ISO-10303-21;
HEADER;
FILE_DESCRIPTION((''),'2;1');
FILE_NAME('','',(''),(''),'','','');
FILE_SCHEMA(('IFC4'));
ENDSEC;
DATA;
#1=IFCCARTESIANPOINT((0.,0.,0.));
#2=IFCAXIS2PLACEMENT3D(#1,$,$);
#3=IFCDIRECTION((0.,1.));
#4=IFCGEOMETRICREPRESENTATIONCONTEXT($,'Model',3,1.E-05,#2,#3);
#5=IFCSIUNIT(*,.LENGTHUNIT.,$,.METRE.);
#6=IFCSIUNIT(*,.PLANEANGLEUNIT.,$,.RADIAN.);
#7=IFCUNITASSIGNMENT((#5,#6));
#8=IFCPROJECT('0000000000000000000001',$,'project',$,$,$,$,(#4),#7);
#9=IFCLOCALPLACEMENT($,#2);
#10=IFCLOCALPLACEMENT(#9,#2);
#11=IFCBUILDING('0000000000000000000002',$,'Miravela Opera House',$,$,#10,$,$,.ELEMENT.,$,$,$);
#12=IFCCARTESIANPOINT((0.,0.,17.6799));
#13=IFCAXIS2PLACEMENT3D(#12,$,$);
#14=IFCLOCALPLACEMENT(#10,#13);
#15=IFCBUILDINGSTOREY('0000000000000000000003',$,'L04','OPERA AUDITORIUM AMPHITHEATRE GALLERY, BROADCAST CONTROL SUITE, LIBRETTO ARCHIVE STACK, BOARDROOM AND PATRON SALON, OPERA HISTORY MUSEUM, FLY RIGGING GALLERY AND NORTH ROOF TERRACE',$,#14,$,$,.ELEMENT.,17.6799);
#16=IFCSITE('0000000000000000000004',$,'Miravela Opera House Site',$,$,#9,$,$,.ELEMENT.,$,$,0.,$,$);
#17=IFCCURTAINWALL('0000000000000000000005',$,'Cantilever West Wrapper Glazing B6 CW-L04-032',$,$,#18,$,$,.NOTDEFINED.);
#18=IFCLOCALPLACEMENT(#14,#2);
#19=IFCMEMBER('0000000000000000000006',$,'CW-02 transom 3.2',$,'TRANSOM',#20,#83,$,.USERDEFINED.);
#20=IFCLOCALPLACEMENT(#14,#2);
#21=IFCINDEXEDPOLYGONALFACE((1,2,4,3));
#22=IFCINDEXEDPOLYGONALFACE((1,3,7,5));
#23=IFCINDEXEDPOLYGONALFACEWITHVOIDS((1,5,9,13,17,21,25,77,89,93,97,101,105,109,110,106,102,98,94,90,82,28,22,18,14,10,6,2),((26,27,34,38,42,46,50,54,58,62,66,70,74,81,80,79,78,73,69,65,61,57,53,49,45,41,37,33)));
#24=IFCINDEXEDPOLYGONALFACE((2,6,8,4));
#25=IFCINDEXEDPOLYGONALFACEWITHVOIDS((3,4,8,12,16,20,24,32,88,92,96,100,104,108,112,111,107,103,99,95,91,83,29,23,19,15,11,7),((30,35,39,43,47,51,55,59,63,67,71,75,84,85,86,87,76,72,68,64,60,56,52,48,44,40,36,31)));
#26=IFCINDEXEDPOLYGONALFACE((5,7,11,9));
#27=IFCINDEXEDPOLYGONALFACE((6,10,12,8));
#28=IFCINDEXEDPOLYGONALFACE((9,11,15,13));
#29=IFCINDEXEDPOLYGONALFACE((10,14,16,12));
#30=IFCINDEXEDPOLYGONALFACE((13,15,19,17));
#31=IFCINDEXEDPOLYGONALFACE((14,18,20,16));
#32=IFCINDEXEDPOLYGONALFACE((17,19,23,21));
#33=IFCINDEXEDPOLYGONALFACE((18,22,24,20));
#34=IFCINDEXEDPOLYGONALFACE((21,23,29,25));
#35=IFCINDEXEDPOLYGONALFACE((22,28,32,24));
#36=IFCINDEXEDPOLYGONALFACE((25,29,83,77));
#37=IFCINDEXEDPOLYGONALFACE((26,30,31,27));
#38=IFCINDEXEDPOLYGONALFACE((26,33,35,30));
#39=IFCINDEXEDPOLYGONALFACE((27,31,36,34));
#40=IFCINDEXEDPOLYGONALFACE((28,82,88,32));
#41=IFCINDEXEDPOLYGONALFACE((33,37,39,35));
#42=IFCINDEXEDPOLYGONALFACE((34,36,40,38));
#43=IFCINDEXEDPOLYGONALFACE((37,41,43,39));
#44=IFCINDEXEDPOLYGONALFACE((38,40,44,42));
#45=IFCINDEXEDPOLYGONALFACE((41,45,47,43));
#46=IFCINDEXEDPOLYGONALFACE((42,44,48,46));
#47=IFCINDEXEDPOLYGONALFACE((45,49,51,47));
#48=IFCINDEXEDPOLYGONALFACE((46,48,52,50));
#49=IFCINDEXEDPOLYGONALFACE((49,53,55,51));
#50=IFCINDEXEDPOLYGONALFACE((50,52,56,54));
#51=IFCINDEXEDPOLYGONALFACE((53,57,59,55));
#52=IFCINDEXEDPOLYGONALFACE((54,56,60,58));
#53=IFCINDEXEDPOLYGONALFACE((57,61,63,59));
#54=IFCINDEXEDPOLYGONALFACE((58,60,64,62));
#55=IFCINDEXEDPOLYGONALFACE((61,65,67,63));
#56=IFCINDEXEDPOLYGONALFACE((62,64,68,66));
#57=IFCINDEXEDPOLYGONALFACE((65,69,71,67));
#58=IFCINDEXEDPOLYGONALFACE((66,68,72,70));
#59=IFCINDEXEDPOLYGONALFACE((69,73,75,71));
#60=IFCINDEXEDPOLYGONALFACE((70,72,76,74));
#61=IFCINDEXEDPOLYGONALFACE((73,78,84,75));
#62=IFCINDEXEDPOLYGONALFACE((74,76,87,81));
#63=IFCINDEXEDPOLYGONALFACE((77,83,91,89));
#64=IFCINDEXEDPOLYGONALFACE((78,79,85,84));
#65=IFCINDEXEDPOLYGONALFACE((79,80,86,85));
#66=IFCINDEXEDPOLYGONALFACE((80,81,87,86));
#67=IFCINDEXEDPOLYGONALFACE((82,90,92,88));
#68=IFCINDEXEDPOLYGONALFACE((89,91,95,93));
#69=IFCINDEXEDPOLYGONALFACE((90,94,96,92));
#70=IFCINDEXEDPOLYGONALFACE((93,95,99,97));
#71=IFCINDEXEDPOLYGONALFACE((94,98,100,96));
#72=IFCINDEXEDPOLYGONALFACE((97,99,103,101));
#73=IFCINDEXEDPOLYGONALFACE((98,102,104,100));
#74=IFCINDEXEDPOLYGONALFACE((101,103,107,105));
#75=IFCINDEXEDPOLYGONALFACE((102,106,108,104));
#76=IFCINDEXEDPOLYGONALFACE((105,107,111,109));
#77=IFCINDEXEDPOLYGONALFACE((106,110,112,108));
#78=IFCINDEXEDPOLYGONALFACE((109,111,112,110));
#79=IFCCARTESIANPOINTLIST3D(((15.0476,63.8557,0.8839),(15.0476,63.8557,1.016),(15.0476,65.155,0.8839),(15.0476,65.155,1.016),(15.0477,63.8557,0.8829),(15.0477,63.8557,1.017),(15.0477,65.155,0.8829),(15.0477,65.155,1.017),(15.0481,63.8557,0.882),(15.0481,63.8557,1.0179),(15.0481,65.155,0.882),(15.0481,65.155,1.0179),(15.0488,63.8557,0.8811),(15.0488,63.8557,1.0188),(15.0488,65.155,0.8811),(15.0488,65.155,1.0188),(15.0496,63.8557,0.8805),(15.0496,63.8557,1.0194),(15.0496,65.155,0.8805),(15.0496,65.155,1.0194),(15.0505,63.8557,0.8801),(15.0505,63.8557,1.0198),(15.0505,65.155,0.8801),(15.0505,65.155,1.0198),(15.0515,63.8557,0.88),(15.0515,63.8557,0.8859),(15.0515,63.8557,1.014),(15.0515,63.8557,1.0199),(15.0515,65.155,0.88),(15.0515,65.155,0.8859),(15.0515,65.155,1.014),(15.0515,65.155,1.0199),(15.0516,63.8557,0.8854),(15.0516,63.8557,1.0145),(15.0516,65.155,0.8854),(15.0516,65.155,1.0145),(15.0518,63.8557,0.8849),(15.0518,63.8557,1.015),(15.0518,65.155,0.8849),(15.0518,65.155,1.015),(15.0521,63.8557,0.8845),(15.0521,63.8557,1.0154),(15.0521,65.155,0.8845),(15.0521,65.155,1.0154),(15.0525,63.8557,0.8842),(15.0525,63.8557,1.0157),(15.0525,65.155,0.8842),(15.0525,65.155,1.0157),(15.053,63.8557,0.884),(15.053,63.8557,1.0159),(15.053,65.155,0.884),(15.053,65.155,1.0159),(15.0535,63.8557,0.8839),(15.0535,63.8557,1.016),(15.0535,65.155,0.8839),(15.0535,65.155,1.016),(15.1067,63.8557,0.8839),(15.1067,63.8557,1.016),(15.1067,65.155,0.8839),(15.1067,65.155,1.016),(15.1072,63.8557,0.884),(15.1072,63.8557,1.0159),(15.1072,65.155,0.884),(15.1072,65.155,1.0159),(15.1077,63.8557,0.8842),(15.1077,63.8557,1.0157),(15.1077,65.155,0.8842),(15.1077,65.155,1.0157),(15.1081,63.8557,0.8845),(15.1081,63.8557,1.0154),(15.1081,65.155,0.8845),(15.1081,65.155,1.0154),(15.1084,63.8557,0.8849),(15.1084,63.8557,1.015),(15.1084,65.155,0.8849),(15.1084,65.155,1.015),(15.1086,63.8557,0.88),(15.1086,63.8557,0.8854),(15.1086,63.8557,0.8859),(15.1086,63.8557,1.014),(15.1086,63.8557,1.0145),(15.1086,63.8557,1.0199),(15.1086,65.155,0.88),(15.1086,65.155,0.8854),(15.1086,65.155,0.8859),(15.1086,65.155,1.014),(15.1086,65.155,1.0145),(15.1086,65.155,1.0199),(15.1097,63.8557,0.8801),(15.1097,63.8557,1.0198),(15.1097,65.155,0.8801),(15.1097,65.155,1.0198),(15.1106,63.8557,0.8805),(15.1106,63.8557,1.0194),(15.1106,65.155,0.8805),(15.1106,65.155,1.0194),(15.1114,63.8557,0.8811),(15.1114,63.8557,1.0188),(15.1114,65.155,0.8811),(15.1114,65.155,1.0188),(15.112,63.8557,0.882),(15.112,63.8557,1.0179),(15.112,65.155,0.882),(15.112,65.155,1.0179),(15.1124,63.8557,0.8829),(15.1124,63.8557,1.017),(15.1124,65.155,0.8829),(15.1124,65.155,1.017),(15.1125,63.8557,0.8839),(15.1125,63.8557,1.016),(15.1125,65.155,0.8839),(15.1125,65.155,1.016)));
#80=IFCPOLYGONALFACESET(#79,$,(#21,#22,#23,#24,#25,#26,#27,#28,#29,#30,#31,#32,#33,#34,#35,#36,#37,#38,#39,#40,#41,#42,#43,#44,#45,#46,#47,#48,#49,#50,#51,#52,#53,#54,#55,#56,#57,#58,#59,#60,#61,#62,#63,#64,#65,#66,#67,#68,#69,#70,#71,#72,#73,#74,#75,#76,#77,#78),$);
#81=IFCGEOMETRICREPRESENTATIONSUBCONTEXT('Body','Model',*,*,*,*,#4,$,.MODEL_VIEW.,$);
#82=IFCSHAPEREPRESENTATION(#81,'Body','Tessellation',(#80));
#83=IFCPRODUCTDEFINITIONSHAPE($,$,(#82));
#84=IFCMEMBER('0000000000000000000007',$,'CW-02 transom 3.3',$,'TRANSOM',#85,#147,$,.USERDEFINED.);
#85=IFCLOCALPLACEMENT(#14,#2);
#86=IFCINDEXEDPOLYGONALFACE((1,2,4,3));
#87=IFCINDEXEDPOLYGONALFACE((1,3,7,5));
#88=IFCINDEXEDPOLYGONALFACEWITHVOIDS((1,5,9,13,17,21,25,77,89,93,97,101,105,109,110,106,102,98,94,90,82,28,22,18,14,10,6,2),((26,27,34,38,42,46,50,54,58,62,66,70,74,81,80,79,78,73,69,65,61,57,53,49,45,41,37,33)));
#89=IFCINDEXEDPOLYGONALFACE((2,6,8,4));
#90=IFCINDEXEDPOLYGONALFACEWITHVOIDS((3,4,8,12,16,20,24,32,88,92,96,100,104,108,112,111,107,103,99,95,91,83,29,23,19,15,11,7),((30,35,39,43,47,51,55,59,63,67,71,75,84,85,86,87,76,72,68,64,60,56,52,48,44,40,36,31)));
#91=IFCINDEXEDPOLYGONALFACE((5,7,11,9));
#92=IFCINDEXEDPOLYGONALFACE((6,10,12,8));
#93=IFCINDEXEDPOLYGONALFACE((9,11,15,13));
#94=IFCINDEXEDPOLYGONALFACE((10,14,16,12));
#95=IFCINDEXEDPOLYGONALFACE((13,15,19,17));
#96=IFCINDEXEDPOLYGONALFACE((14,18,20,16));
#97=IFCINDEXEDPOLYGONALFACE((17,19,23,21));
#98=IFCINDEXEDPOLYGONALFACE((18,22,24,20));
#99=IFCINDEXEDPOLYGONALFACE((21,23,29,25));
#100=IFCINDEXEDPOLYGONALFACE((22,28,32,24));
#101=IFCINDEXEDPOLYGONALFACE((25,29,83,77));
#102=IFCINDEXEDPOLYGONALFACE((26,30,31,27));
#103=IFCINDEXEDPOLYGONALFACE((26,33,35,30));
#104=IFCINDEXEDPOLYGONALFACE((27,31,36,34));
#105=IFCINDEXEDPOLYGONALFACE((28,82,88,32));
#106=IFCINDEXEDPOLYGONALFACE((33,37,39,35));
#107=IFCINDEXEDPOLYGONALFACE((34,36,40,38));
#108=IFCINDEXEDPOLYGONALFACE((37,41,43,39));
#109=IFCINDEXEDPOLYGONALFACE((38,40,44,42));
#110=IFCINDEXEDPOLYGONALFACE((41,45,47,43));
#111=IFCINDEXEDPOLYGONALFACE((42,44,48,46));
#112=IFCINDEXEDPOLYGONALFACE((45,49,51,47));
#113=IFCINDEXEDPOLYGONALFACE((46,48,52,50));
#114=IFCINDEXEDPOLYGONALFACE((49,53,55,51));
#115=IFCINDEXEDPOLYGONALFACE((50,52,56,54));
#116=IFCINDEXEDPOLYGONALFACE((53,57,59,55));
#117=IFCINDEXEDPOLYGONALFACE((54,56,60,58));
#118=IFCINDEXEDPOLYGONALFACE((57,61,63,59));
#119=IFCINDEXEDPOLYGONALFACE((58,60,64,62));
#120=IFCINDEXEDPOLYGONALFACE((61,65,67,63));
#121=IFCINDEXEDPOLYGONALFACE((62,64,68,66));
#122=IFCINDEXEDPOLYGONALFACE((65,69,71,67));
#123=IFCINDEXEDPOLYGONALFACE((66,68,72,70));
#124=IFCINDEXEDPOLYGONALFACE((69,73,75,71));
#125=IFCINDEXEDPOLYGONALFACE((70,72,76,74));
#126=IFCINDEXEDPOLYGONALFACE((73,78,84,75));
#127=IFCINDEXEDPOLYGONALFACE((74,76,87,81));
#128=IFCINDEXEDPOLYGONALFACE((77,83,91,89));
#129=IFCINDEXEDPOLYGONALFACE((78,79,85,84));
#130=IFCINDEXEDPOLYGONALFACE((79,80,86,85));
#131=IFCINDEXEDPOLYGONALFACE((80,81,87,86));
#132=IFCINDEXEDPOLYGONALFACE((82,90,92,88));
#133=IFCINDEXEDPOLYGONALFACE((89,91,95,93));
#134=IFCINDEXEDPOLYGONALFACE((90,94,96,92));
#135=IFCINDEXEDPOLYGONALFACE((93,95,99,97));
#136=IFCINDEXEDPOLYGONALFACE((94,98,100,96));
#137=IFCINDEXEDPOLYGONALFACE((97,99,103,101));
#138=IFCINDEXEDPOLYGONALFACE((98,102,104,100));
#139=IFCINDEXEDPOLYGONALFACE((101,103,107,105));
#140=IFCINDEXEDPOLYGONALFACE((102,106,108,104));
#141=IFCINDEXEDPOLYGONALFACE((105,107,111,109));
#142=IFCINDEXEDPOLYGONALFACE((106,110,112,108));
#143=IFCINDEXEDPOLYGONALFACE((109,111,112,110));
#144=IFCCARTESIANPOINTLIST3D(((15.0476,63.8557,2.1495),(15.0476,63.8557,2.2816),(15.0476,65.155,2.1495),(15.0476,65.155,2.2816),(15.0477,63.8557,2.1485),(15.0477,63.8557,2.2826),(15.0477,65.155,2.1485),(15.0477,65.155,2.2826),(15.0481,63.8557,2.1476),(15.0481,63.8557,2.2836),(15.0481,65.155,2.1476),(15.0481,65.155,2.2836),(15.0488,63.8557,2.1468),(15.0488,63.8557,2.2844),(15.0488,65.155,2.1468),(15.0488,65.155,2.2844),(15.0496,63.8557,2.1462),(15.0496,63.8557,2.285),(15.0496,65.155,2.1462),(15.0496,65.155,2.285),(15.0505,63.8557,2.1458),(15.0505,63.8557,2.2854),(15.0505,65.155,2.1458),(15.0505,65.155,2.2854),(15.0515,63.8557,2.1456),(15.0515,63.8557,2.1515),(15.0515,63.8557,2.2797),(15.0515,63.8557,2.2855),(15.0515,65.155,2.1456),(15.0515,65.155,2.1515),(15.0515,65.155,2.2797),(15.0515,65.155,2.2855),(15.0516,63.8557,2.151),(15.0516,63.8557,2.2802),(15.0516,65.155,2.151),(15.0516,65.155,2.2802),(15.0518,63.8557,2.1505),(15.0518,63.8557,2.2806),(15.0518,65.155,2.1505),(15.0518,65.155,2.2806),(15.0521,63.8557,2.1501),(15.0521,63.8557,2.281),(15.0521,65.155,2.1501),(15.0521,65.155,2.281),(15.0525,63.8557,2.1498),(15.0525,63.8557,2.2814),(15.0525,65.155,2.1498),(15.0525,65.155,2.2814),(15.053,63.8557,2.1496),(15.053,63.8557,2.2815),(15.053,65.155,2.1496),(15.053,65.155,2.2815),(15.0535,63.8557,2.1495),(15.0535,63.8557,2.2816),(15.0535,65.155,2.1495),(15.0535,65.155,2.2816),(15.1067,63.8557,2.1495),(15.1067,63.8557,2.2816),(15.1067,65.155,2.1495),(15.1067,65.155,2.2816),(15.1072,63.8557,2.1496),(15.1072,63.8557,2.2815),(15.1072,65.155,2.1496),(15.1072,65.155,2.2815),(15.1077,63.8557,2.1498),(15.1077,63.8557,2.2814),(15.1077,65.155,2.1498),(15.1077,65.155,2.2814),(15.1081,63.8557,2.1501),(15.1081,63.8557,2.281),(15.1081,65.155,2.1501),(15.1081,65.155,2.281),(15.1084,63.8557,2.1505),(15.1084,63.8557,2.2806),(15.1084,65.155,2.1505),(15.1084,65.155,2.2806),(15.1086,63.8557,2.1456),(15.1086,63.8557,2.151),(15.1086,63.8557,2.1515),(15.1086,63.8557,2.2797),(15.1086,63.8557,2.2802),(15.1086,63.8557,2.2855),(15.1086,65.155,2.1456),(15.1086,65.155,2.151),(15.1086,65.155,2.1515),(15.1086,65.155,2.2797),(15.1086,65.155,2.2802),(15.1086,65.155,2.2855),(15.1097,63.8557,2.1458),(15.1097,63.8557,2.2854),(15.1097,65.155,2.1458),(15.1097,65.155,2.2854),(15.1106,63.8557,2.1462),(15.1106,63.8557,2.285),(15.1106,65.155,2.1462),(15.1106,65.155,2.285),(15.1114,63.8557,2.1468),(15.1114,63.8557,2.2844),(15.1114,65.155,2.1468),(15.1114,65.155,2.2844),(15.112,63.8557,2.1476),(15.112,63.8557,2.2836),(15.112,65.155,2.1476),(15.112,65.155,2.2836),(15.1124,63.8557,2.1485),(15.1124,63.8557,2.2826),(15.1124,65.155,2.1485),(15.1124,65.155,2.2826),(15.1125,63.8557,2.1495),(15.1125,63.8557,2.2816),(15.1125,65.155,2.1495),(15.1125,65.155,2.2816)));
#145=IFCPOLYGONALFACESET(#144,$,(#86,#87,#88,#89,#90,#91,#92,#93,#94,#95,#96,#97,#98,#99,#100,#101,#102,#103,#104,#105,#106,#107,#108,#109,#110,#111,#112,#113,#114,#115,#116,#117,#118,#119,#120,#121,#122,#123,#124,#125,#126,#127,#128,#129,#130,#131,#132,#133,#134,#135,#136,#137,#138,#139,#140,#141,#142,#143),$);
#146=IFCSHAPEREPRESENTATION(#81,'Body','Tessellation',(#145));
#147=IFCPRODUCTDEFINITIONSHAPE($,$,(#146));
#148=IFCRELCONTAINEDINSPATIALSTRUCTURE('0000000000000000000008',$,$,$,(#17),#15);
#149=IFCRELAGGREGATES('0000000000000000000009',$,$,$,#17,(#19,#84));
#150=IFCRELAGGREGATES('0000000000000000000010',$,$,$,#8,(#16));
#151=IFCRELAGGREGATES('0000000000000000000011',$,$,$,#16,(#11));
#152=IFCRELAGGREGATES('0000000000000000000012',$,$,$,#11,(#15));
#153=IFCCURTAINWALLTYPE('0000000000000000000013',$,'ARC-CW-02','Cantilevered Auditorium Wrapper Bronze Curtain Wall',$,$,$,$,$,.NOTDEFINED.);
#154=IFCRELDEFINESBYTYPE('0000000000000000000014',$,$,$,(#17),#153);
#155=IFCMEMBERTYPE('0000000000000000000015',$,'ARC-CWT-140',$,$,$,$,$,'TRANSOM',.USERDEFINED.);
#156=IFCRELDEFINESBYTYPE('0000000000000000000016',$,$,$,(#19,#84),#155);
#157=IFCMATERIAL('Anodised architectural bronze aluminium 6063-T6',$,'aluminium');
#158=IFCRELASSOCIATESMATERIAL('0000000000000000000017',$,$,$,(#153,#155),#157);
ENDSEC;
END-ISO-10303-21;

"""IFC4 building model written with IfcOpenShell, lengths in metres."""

from ifc_helpers import new_model, si_unit, direction, frame, origin, origin_2d, place, context, subcontext, project, spatial, hollow_rectangle, extrude, material, material_profile, profile_set, type_object, element, aggregate, save


model = new_model("IFC4")

# Units and contexts
model_context = context("Model", 3, precision=1e-05, world=origin(), true_north=direction((0.0, 1.0)))
body_context = subcontext(model_context, "Body", "Model", "MODEL_VIEW")
ifc_project = project(units=[si_unit("LENGTHUNIT", "METRE"), si_unit("PLANEANGLEUNIT", "RADIAN")], contexts=[model_context])

# Site, building, storey
site_placement = place(None, origin())
site = spatial("IfcSite", under=ifc_project, at=site_placement, Name="Miravela Opera House Site", CompositionType="ELEMENT", RefElevation=0.0)
building_placement = place(site_placement, origin())
building = spatial("IfcBuilding", under=site, at=building_placement, Name="Miravela Opera House", CompositionType="ELEMENT")
storey_placement = place(building_placement, frame((0.0, 0.0, 17.6799)))
storey = spatial("IfcBuildingStorey", under=building, at=storey_placement, Name="L04", Description="OPERA AUDITORIUM AMPHITHEATRE GALLERY, BROADCAST CONTROL SUITE, LIBRETTO ARCHIVE STACK, BOARDROOM AND PATRON SALON, OPERA HISTORY MUSEUM, FLY RIGGING GALLERY AND NORTH ROOF TERRACE", CompositionType="ELEMENT", Elevation=17.6799)

# Curtain wall
ifc_material_1 = material(Name="Anodised architectural bronze aluminium 6063-T6", Category="aluminium")
curtain_wall_type = type_object("IfcCurtainWallType", Name="ARC-CW-02", Description="Cantilevered Auditorium Wrapper Bronze Curtain Wall", PredefinedType="NOTDEFINED", material=ifc_material_1)
curtain_wall_1_placement = place(storey_placement, origin())
curtain_wall_1 = element("IfcCurtainWall", 1, at=curtain_wall_1_placement, inside=storey, type_object=curtain_wall_type, Name="Cantilever West Wrapper Glazing B6 CW-L04-032", PredefinedType="NOTDEFINED")

# Members
ifc_material_profile_1 = material_profile(ifc_material_1, hollow_rectangle(XDim=0.0649, YDim=0.1399, WallThickness=0.0039, InnerFilletRadius=0.002, OuterFilletRadius=0.0039, at=origin_2d()), Name="CWT-65X140")
ifc_profile_set_1 = profile_set([ifc_material_profile_1])
member_type_1 = type_object("IfcMemberType", Name="ARC-CWT-140", ElementType="TRANSOM", PredefinedType="USERDEFINED", material=ifc_profile_set_1)
member_1_placement = place(storey_placement, frame((15.0801, 63.8557, 0.95), z_axis=(0.0, 1.0, 0.0), x_axis=(-1.0, 0.0, 0.0)))
member_1 = element("IfcMember", 2, at=member_1_placement, type_object=member_type_1, Name="CW-02 transom 3.2", ObjectType="TRANSOM", PredefinedType="USERDEFINED", context=body_context, shape_type="SweptSolid", body=[
    extrude(hollow_rectangle(XDim=0.0649, YDim=0.1399, WallThickness=0.0039, InnerFilletRadius=0.002, OuterFilletRadius=0.0039, at=origin_2d()), origin(), (0.0, 0.0, 1.0), 1.2993),
])
member_2_placement = place(storey_placement, frame((15.0801, 63.8557, 2.2156), z_axis=(0.0, 1.0, 0.0), x_axis=(-1.0, 0.0, 0.0)))
member_2 = element("IfcMember", 3, at=member_2_placement, type_object=member_type_1, Name="CW-02 transom 3.3", ObjectType="TRANSOM", PredefinedType="USERDEFINED", context=body_context, shape_type="SweptSolid", body=[
    extrude(hollow_rectangle(XDim=0.0649, YDim=0.1399, WallThickness=0.0039, InnerFilletRadius=0.002, OuterFilletRadius=0.0039, at=origin_2d()), origin(), (0.0, 0.0, 1.0), 1.2993),
])

aggregate(curtain_wall_1, [member_1, member_2])

save(model, "model.ifc")
